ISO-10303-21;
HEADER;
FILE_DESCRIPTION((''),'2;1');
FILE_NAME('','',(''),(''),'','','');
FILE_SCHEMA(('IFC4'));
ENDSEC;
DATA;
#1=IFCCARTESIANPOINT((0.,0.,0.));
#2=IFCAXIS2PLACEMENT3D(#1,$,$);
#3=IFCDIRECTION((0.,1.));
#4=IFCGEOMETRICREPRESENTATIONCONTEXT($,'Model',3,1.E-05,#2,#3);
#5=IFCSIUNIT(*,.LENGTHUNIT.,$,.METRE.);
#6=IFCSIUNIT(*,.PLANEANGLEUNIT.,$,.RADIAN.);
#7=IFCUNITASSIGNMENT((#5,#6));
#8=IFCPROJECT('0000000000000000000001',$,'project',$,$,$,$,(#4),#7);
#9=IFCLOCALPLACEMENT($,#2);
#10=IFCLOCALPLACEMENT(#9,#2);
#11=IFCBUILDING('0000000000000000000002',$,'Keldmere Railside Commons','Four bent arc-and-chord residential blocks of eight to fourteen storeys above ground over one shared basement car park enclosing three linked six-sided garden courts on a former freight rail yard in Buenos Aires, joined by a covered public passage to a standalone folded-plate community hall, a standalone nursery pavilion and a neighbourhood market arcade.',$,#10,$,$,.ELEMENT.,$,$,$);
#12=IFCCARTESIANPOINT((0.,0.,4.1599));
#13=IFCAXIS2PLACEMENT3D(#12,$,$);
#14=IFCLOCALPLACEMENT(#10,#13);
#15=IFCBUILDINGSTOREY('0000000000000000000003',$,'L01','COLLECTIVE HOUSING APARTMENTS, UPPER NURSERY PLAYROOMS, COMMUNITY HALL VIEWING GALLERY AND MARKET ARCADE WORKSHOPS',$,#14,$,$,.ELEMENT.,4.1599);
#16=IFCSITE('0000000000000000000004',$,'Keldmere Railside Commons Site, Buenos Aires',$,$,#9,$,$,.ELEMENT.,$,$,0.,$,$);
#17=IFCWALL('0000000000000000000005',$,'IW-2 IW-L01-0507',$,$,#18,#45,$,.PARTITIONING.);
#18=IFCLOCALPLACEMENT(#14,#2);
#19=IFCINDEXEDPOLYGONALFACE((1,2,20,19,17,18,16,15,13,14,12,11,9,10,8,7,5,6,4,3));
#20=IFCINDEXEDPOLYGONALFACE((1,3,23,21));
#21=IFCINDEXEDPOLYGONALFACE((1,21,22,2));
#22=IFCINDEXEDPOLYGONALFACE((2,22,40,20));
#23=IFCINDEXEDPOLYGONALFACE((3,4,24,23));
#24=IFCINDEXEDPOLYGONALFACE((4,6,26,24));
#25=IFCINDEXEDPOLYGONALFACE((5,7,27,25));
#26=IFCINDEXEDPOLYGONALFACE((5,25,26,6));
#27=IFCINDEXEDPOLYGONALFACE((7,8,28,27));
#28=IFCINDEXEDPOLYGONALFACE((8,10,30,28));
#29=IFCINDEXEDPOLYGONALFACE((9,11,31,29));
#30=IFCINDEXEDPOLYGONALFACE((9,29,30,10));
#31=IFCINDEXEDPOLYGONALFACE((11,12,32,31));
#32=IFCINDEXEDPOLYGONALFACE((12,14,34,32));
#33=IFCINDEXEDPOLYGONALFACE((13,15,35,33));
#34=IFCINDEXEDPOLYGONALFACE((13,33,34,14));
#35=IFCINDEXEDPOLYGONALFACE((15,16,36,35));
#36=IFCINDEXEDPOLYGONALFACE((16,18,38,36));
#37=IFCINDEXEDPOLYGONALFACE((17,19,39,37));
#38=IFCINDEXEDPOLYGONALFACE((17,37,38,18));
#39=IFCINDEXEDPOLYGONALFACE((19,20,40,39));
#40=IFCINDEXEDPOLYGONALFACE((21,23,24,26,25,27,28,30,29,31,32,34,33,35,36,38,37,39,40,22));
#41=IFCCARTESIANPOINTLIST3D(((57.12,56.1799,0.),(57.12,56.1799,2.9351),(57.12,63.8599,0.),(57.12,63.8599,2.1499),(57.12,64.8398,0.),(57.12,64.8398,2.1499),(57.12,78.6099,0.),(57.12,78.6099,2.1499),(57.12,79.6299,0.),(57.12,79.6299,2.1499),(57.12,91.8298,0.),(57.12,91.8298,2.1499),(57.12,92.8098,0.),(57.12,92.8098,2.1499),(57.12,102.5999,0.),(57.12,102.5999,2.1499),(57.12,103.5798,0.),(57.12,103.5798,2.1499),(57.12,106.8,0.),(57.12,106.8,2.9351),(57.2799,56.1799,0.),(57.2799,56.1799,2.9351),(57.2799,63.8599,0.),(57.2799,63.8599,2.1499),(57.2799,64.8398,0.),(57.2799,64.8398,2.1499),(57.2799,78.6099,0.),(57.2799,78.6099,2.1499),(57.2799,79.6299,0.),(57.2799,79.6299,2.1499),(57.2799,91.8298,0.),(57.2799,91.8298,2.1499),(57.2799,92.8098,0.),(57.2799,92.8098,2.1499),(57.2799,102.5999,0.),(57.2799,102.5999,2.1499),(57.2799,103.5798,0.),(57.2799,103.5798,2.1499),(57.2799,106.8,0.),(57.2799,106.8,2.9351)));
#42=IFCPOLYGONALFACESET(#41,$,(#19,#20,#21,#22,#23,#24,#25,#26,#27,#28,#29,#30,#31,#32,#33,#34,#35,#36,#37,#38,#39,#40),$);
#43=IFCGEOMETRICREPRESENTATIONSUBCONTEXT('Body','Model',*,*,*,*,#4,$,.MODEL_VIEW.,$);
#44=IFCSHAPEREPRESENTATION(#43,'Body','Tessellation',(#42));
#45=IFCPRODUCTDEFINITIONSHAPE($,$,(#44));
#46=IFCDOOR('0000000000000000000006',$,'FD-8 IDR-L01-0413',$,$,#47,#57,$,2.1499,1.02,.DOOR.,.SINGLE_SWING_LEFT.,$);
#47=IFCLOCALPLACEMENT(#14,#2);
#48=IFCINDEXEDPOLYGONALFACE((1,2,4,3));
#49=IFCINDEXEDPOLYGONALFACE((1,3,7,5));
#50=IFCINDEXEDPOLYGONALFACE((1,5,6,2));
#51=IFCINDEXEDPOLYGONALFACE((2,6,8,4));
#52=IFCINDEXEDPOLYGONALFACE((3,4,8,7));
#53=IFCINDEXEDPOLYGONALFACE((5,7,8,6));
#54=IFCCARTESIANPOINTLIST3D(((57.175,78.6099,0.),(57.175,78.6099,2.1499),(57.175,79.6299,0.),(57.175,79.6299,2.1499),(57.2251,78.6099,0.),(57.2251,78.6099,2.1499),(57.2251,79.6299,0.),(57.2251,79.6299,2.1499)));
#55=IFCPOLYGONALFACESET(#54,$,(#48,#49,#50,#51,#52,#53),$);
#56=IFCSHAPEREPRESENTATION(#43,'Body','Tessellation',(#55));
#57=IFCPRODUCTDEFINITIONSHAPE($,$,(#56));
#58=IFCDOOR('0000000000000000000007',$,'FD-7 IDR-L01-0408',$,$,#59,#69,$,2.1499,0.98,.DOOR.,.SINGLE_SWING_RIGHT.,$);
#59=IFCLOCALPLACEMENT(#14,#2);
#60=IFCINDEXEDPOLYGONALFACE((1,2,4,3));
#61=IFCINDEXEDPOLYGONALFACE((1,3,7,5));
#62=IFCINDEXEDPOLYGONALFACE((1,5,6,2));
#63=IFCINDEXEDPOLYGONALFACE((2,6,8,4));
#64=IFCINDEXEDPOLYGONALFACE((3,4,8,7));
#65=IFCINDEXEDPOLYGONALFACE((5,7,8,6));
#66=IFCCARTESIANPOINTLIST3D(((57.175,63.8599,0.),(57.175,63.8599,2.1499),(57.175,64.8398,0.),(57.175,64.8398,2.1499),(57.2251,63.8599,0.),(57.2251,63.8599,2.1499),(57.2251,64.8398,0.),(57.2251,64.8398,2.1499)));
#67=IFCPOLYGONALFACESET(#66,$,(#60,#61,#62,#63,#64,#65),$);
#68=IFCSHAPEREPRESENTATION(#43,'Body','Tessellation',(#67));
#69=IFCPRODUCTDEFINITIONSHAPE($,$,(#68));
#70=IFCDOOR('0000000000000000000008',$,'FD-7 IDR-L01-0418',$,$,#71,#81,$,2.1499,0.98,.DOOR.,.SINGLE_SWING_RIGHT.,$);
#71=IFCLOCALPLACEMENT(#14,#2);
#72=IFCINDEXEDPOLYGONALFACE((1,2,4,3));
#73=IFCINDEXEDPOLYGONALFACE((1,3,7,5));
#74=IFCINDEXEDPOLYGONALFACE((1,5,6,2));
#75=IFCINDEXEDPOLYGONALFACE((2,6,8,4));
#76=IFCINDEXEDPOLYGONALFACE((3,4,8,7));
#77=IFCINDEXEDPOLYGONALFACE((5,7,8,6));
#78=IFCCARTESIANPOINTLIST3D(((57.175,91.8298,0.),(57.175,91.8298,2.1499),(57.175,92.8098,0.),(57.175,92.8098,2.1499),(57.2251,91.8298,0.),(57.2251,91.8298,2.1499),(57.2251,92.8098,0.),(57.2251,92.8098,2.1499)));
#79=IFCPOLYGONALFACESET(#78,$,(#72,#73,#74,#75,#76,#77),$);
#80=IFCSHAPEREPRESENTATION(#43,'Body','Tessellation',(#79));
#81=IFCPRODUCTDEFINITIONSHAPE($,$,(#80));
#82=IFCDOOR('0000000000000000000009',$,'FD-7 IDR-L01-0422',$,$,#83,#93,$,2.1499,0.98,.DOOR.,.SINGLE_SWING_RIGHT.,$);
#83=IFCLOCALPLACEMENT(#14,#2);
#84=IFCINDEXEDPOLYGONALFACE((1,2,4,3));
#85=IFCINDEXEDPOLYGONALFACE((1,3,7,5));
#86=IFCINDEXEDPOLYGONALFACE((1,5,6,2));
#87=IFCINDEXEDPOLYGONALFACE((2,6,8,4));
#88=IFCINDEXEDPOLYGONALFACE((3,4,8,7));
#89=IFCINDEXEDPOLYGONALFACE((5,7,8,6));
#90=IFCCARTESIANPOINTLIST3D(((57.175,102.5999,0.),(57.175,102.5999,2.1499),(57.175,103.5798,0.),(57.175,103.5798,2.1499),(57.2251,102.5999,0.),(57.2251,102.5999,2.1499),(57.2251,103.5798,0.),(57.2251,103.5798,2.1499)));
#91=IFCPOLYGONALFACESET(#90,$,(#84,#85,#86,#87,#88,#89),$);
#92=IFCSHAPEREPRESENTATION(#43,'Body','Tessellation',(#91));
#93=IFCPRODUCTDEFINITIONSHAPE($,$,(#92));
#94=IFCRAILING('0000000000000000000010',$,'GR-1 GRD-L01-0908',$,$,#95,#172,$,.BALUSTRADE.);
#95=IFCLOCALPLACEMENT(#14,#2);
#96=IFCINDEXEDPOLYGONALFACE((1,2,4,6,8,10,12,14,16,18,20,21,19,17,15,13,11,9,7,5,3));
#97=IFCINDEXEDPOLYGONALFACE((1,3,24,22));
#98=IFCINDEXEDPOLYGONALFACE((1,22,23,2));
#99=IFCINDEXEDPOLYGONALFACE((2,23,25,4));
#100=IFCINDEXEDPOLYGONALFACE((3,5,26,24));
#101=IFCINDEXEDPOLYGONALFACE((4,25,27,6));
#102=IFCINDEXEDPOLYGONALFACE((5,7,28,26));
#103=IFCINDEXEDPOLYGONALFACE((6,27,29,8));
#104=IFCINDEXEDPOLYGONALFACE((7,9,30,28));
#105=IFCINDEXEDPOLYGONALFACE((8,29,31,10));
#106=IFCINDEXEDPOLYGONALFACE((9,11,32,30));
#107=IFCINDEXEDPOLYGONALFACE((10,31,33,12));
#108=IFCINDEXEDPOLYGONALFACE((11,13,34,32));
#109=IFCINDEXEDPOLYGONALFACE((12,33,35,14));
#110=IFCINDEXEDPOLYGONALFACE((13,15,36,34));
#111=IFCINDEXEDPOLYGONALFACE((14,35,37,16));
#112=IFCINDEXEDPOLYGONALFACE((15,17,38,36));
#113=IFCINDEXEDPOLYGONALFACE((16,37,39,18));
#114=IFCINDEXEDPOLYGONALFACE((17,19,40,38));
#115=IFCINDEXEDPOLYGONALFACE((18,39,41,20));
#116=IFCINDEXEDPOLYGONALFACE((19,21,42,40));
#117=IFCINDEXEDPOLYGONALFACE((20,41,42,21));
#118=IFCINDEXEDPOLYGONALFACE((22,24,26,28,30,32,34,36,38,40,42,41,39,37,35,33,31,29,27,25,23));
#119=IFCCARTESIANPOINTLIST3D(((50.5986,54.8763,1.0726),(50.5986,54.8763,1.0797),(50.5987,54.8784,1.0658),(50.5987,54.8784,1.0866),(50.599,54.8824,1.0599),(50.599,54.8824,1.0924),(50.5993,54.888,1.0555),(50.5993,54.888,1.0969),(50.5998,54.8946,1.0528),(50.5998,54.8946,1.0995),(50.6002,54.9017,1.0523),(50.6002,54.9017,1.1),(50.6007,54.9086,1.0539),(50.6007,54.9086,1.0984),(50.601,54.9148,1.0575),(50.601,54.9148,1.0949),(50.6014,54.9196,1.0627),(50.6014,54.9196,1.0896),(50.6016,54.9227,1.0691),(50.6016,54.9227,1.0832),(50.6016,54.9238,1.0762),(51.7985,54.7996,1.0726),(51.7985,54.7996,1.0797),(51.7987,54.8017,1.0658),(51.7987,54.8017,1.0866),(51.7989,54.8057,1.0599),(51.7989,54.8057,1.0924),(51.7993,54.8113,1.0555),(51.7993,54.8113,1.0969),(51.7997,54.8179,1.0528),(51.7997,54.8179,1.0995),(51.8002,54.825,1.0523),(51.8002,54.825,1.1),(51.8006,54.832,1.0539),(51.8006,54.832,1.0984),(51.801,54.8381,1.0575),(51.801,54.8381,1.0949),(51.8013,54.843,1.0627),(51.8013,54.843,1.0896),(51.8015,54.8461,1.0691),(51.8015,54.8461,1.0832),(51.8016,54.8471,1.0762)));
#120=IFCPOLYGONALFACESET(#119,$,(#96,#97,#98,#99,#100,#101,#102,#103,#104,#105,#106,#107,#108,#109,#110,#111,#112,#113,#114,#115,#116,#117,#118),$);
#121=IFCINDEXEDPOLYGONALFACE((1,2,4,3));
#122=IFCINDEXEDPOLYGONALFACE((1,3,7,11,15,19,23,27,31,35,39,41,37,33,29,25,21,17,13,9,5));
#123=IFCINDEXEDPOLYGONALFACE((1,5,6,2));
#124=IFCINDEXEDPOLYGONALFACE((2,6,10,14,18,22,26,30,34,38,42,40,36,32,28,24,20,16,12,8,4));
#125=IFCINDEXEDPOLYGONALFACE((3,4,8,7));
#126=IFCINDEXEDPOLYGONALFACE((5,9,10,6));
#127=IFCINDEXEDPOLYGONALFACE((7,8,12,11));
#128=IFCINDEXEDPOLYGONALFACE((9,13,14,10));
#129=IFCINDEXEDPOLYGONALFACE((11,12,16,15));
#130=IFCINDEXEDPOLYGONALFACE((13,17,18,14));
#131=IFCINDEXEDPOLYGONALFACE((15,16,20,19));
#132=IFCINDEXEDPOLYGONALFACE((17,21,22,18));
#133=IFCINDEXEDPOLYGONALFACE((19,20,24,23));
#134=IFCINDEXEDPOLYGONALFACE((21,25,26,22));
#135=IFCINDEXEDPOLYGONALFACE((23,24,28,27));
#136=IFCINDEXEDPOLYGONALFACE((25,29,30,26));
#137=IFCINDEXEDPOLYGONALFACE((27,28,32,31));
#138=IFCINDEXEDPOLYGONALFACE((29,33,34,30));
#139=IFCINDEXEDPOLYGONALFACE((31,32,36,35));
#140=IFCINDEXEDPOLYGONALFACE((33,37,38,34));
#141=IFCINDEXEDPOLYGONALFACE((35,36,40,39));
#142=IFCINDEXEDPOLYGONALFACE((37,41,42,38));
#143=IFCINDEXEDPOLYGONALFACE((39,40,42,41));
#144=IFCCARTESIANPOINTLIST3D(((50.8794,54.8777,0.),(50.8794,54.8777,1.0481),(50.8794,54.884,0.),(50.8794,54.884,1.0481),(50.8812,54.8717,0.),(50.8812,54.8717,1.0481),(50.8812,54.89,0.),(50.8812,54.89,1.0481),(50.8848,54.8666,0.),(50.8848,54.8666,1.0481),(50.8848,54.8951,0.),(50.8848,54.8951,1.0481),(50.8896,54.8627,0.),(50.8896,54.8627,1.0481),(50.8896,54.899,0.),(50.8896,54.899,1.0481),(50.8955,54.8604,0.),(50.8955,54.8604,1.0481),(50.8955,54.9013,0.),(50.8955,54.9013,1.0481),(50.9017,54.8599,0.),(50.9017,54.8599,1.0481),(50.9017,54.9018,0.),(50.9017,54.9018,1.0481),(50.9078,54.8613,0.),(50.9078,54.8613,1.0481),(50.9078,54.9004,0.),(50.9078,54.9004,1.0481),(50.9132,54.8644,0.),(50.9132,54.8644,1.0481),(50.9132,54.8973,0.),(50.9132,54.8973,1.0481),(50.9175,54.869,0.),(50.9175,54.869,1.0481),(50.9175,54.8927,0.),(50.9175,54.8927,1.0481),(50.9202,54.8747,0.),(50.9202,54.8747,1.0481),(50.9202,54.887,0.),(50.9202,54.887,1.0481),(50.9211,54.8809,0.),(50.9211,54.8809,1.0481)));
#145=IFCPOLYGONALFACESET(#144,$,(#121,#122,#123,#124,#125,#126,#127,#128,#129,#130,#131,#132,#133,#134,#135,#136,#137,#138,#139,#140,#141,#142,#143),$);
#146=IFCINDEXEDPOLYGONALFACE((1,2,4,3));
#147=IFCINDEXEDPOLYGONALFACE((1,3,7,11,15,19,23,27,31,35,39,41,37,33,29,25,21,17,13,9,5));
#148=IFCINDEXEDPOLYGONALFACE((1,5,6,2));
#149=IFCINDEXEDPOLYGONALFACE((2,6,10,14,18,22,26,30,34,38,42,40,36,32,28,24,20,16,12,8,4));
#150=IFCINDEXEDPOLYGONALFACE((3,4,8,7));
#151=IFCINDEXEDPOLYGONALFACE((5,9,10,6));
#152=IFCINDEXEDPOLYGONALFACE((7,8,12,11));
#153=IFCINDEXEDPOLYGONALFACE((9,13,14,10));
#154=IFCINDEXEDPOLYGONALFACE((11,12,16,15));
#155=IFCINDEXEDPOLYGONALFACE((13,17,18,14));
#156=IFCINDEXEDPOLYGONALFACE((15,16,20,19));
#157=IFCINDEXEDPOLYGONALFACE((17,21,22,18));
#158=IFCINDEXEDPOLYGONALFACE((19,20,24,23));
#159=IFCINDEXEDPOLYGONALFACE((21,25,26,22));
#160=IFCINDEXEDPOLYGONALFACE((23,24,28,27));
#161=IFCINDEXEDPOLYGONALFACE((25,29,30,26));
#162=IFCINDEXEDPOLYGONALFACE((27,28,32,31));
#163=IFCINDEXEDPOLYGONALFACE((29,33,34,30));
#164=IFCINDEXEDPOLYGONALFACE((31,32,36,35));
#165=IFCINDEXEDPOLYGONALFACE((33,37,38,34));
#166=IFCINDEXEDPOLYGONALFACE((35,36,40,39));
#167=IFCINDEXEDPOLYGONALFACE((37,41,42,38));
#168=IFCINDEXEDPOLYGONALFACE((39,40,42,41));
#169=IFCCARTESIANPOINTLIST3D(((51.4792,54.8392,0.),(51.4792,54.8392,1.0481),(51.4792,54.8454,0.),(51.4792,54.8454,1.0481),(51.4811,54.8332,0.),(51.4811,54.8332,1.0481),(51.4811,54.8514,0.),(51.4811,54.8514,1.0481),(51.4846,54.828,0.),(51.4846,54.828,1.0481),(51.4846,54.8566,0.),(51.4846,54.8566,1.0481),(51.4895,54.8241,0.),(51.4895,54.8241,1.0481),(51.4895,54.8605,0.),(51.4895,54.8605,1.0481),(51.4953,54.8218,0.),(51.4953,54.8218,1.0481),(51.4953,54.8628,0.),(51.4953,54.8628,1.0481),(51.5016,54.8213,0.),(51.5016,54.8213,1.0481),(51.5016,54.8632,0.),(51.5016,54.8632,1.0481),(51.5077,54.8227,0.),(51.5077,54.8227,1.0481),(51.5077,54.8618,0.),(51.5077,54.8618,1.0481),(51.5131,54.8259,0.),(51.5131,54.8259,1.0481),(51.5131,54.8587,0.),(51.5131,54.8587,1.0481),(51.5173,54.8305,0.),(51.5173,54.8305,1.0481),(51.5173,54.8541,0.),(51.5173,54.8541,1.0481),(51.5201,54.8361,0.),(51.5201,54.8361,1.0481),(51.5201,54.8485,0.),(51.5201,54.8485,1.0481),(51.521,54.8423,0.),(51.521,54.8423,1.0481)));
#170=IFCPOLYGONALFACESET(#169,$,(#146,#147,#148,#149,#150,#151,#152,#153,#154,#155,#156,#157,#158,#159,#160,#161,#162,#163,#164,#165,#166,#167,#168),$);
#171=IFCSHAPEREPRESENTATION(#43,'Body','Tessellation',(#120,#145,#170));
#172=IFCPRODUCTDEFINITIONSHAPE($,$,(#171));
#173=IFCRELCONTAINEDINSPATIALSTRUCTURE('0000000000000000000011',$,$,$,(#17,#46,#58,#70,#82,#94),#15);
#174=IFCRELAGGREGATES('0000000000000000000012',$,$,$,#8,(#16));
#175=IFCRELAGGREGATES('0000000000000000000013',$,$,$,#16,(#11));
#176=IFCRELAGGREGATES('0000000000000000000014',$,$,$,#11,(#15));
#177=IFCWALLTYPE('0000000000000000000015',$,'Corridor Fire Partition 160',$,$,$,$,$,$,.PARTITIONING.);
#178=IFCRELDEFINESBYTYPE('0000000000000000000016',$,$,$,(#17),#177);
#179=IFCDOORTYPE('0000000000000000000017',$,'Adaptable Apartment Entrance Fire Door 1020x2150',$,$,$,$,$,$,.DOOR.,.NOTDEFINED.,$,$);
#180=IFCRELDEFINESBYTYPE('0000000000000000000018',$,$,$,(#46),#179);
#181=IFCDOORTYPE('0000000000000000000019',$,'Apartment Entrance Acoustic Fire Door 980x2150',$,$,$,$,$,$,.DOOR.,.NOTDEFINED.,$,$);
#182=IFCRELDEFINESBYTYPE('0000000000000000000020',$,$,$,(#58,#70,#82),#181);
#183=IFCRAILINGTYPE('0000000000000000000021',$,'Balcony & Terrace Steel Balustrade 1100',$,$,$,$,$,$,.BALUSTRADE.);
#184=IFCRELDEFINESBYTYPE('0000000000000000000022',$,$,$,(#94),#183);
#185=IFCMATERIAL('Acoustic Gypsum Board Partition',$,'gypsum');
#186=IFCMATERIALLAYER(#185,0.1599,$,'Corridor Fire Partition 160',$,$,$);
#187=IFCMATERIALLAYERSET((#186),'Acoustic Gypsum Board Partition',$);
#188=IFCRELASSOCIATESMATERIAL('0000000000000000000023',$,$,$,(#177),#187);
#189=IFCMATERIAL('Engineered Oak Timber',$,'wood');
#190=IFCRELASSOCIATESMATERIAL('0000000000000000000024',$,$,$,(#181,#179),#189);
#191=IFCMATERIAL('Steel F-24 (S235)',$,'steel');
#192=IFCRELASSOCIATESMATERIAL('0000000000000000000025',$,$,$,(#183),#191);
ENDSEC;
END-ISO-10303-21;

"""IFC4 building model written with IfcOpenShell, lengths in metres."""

from ifc_helpers import new_model, si_unit, direction, frame, frame_2d, origin, origin_2d, place, context, subcontext, project, spatial, rectangle, circle, extrude, material, layer, layer_set, type_object, element, fill, save


model = new_model("IFC4")

# Units and contexts
model_context = context("Model", 3, precision=1e-05, world=origin(), true_north=direction((0.0, 1.0)))
body_context = subcontext(model_context, "Body", "Model", "MODEL_VIEW")
ifc_project = project(units=[si_unit("LENGTHUNIT", "METRE"), si_unit("PLANEANGLEUNIT", "RADIAN")], contexts=[model_context])

# Site, building, storey
site_placement = place(None, origin())
site = spatial("IfcSite", under=ifc_project, at=site_placement, Name="Keldmere Railside Commons Site, Buenos Aires", CompositionType="ELEMENT", RefElevation=0.0)
building_placement = place(site_placement, origin())
building = spatial("IfcBuilding", under=site, at=building_placement, Name="Keldmere Railside Commons", Description="Four bent arc-and-chord residential blocks of eight to fourteen storeys above ground over one shared basement car park enclosing three linked six-sided garden courts on a former freight rail yard in Buenos Aires, joined by a covered public passage to a standalone folded-plate community hall, a standalone nursery pavilion and a neighbourhood market arcade.", CompositionType="ELEMENT")
storey_placement = place(building_placement, frame((0.0, 0.0, 4.1599)))
storey = spatial("IfcBuildingStorey", under=building, at=storey_placement, Name="L01", Description="COLLECTIVE HOUSING APARTMENTS, UPPER NURSERY PLAYROOMS, COMMUNITY HALL VIEWING GALLERY AND MARKET ARCADE WORKSHOPS", CompositionType="ELEMENT", Elevation=4.1599)

# Wall, openings, doors
ifc_material_1 = material(Name="Acoustic Gypsum Board Partition", Category="gypsum")
ifc_layer = layer(ifc_material_1, 0.1599, Name="Corridor Fire Partition 160")
ifc_layer_set = layer_set([ifc_layer], Name="Acoustic Gypsum Board Partition")
wall_type = type_object("IfcWallType", Name="Corridor Fire Partition 160", PredefinedType="PARTITIONING", material=ifc_layer_set)
ifc_material_2 = material(Name="Engineered Oak Timber", Category="wood")
door_type_1 = type_object("IfcDoorType", Name="Apartment Entrance Acoustic Fire Door 980x2150", OperationType="NOTDEFINED", PredefinedType="DOOR", material=ifc_material_2)
ifc_material_3 = material(Name="Steel F-24 (S235)", Category="steel")
wall_1_placement = place(storey_placement, frame((57.2, 56.1799, 0.0), z_axis=(0.0, 0.0, 1.0), x_axis=(0.0, 1.0, 0.0)))
wall_1 = element("IfcWall", 1, at=wall_1_placement, inside=storey, type_object=wall_type, Name="IW-2 IW-L01-0507", PredefinedType="PARTITIONING", context=body_context, shape_type="SweptSolid", body=[
    extrude(rectangle(XDim=50.6201, YDim=0.1599, at=frame_2d((25.3101, 0.0))), origin(), (0.0, 0.0, 1.0), 2.9351),
])
opening_1_placement = place(wall_1_placement, frame((7.6799, 0.0, 0.0)))
opening_1 = element("IfcOpeningElement", 2, at=opening_1_placement, cuts=wall_1, PredefinedType="OPENING", context=body_context, shape_type="SweptSolid", body=[
    extrude(rectangle(XDim=0.98, YDim=2.1499, at=frame_2d((0.49, 1.075))), frame((0.0, 0.0898, 0.0), z_axis=(0.0, -1.0, 0.0), x_axis=(1.0, 0.0, 0.0)), (0.0, 0.0, 1.0), 0.1799),
])
opening_2_placement = place(wall_1_placement, frame((22.4299, 0.0, 0.0)))
opening_2 = element("IfcOpeningElement", 3, at=opening_2_placement, cuts=wall_1, PredefinedType="OPENING", context=body_context, shape_type="SweptSolid", body=[
    extrude(rectangle(XDim=1.02, YDim=2.1499, at=frame_2d((0.51, 1.075))), frame((0.0, 0.0898, 0.0), z_axis=(0.0, -1.0, 0.0), x_axis=(1.0, 0.0, 0.0)), (0.0, 0.0, 1.0), 0.1799),
])
opening_3_placement = place(wall_1_placement, frame((35.6499, 0.0, 0.0)))
opening_3 = element("IfcOpeningElement", 4, at=opening_3_placement, cuts=wall_1, PredefinedType="OPENING", context=body_context, shape_type="SweptSolid", body=[
    extrude(rectangle(XDim=0.98, YDim=2.1499, at=frame_2d((0.49, 1.075))), frame((0.0, 0.0898, 0.0), z_axis=(0.0, -1.0, 0.0), x_axis=(1.0, 0.0, 0.0)), (0.0, 0.0, 1.0), 0.1799),
])
opening_4_placement = place(wall_1_placement, frame((46.4199, 0.0, 0.0)))
opening_4 = element("IfcOpeningElement", 5, at=opening_4_placement, cuts=wall_1, PredefinedType="OPENING", context=body_context, shape_type="SweptSolid", body=[
    extrude(rectangle(XDim=0.98, YDim=2.1499, at=frame_2d((0.49, 1.075))), frame((0.0, 0.0898, 0.0), z_axis=(0.0, -1.0, 0.0), x_axis=(1.0, 0.0, 0.0)), (0.0, 0.0, 1.0), 0.1799),
])
door_type_2 = type_object("IfcDoorType", Name="Adaptable Apartment Entrance Fire Door 1020x2150", OperationType="NOTDEFINED", PredefinedType="DOOR", material=ifc_material_2)
door_1_placement = place(opening_2_placement, origin())
door_1 = element("IfcDoor", 6, at=door_1_placement, inside=storey, type_object=door_type_2, Name="FD-8 IDR-L01-0413", OperationType="SINGLE_SWING_LEFT", OverallHeight=2.1499, OverallWidth=1.02, PredefinedType="DOOR", context=body_context, shape_type="SweptSolid", body=[
    extrude(rectangle(XDim=1.02, YDim=2.1499, at=frame_2d((0.51, 1.075))), frame((0.0, 0.0249, 0.0), z_axis=(0.0, -1.0, 0.0), x_axis=(1.0, 0.0, 0.0)), (0.0, 0.0, 1.0), 0.05),
])
fill(opening_2, door_1)
door_2_placement = place(opening_1_placement, origin())
door_2 = element("IfcDoor", 7, at=door_2_placement, inside=storey, type_object=door_type_1, Name="FD-7 IDR-L01-0408", OperationType="SINGLE_SWING_RIGHT", OverallHeight=2.1499, OverallWidth=0.98, PredefinedType="DOOR", context=body_context, shape_type="SweptSolid", body=[
    extrude(rectangle(XDim=0.98, YDim=2.1499, at=frame_2d((0.49, 1.075))), frame((0.0, 0.0249, 0.0), z_axis=(0.0, -1.0, 0.0), x_axis=(1.0, 0.0, 0.0)), (0.0, 0.0, 1.0), 0.05),
])
fill(opening_1, door_2)
door_3_placement = place(opening_3_placement, origin())
door_3 = element("IfcDoor", 8, at=door_3_placement, inside=storey, type_object=door_type_1, Name="FD-7 IDR-L01-0418", OperationType="SINGLE_SWING_RIGHT", OverallHeight=2.1499, OverallWidth=0.98, PredefinedType="DOOR", context=body_context, shape_type="SweptSolid", body=[
    extrude(rectangle(XDim=0.98, YDim=2.1499, at=frame_2d((0.49, 1.075))), frame((0.0, 0.0249, 0.0), z_axis=(0.0, -1.0, 0.0), x_axis=(1.0, 0.0, 0.0)), (0.0, 0.0, 1.0), 0.05),
])
fill(opening_3, door_3)
door_4_placement = place(opening_4_placement, origin())
door_4 = element("IfcDoor", 9, at=door_4_placement, inside=storey, type_object=door_type_1, Name="FD-7 IDR-L01-0422", OperationType="SINGLE_SWING_RIGHT", OverallHeight=2.1499, OverallWidth=0.98, PredefinedType="DOOR", context=body_context, shape_type="SweptSolid", body=[
    extrude(rectangle(XDim=0.98, YDim=2.1499, at=frame_2d((0.49, 1.075))), frame((0.0, 0.0249, 0.0), z_axis=(0.0, -1.0, 0.0), x_axis=(1.0, 0.0, 0.0)), (0.0, 0.0, 1.0), 0.05),
])
fill(opening_4, door_4)

# Railing
railing_type = type_object("IfcRailingType", Name="Balcony & Terrace Steel Balustrade 1100", PredefinedType="BALUSTRADE", material=ifc_material_3)
railing_1_placement = place(storey_placement, frame((50.6001, 54.8999, 0.0)))
element("IfcRailing", 10, at=railing_1_placement, inside=storey, type_object=railing_type, Name="GR-1 GRD-L01-0908", PredefinedType="BALUSTRADE", context=body_context, shape_type="SweptSolid", body=[
    extrude(circle(Radius=0.0239, at=origin_2d()), frame((0.0, 0.0, 1.0762), z_axis=(0.997966, -0.063756, 0.0), x_axis=(0.063756, 0.997966, 0.0)), (0.0, 0.0, 1.0), 1.2024),
    extrude(circle(Radius=0.021, at=origin_2d()), frame((0.3, -0.019, 0.0)), (0.0, 0.0, 1.0), 1.0481),
    extrude(circle(Radius=0.021, at=origin_2d()), frame((0.8999, -0.0576, 0.0)), (0.0, 0.0, 1.0), 1.0481),
])

save(model, "model.ifc")
